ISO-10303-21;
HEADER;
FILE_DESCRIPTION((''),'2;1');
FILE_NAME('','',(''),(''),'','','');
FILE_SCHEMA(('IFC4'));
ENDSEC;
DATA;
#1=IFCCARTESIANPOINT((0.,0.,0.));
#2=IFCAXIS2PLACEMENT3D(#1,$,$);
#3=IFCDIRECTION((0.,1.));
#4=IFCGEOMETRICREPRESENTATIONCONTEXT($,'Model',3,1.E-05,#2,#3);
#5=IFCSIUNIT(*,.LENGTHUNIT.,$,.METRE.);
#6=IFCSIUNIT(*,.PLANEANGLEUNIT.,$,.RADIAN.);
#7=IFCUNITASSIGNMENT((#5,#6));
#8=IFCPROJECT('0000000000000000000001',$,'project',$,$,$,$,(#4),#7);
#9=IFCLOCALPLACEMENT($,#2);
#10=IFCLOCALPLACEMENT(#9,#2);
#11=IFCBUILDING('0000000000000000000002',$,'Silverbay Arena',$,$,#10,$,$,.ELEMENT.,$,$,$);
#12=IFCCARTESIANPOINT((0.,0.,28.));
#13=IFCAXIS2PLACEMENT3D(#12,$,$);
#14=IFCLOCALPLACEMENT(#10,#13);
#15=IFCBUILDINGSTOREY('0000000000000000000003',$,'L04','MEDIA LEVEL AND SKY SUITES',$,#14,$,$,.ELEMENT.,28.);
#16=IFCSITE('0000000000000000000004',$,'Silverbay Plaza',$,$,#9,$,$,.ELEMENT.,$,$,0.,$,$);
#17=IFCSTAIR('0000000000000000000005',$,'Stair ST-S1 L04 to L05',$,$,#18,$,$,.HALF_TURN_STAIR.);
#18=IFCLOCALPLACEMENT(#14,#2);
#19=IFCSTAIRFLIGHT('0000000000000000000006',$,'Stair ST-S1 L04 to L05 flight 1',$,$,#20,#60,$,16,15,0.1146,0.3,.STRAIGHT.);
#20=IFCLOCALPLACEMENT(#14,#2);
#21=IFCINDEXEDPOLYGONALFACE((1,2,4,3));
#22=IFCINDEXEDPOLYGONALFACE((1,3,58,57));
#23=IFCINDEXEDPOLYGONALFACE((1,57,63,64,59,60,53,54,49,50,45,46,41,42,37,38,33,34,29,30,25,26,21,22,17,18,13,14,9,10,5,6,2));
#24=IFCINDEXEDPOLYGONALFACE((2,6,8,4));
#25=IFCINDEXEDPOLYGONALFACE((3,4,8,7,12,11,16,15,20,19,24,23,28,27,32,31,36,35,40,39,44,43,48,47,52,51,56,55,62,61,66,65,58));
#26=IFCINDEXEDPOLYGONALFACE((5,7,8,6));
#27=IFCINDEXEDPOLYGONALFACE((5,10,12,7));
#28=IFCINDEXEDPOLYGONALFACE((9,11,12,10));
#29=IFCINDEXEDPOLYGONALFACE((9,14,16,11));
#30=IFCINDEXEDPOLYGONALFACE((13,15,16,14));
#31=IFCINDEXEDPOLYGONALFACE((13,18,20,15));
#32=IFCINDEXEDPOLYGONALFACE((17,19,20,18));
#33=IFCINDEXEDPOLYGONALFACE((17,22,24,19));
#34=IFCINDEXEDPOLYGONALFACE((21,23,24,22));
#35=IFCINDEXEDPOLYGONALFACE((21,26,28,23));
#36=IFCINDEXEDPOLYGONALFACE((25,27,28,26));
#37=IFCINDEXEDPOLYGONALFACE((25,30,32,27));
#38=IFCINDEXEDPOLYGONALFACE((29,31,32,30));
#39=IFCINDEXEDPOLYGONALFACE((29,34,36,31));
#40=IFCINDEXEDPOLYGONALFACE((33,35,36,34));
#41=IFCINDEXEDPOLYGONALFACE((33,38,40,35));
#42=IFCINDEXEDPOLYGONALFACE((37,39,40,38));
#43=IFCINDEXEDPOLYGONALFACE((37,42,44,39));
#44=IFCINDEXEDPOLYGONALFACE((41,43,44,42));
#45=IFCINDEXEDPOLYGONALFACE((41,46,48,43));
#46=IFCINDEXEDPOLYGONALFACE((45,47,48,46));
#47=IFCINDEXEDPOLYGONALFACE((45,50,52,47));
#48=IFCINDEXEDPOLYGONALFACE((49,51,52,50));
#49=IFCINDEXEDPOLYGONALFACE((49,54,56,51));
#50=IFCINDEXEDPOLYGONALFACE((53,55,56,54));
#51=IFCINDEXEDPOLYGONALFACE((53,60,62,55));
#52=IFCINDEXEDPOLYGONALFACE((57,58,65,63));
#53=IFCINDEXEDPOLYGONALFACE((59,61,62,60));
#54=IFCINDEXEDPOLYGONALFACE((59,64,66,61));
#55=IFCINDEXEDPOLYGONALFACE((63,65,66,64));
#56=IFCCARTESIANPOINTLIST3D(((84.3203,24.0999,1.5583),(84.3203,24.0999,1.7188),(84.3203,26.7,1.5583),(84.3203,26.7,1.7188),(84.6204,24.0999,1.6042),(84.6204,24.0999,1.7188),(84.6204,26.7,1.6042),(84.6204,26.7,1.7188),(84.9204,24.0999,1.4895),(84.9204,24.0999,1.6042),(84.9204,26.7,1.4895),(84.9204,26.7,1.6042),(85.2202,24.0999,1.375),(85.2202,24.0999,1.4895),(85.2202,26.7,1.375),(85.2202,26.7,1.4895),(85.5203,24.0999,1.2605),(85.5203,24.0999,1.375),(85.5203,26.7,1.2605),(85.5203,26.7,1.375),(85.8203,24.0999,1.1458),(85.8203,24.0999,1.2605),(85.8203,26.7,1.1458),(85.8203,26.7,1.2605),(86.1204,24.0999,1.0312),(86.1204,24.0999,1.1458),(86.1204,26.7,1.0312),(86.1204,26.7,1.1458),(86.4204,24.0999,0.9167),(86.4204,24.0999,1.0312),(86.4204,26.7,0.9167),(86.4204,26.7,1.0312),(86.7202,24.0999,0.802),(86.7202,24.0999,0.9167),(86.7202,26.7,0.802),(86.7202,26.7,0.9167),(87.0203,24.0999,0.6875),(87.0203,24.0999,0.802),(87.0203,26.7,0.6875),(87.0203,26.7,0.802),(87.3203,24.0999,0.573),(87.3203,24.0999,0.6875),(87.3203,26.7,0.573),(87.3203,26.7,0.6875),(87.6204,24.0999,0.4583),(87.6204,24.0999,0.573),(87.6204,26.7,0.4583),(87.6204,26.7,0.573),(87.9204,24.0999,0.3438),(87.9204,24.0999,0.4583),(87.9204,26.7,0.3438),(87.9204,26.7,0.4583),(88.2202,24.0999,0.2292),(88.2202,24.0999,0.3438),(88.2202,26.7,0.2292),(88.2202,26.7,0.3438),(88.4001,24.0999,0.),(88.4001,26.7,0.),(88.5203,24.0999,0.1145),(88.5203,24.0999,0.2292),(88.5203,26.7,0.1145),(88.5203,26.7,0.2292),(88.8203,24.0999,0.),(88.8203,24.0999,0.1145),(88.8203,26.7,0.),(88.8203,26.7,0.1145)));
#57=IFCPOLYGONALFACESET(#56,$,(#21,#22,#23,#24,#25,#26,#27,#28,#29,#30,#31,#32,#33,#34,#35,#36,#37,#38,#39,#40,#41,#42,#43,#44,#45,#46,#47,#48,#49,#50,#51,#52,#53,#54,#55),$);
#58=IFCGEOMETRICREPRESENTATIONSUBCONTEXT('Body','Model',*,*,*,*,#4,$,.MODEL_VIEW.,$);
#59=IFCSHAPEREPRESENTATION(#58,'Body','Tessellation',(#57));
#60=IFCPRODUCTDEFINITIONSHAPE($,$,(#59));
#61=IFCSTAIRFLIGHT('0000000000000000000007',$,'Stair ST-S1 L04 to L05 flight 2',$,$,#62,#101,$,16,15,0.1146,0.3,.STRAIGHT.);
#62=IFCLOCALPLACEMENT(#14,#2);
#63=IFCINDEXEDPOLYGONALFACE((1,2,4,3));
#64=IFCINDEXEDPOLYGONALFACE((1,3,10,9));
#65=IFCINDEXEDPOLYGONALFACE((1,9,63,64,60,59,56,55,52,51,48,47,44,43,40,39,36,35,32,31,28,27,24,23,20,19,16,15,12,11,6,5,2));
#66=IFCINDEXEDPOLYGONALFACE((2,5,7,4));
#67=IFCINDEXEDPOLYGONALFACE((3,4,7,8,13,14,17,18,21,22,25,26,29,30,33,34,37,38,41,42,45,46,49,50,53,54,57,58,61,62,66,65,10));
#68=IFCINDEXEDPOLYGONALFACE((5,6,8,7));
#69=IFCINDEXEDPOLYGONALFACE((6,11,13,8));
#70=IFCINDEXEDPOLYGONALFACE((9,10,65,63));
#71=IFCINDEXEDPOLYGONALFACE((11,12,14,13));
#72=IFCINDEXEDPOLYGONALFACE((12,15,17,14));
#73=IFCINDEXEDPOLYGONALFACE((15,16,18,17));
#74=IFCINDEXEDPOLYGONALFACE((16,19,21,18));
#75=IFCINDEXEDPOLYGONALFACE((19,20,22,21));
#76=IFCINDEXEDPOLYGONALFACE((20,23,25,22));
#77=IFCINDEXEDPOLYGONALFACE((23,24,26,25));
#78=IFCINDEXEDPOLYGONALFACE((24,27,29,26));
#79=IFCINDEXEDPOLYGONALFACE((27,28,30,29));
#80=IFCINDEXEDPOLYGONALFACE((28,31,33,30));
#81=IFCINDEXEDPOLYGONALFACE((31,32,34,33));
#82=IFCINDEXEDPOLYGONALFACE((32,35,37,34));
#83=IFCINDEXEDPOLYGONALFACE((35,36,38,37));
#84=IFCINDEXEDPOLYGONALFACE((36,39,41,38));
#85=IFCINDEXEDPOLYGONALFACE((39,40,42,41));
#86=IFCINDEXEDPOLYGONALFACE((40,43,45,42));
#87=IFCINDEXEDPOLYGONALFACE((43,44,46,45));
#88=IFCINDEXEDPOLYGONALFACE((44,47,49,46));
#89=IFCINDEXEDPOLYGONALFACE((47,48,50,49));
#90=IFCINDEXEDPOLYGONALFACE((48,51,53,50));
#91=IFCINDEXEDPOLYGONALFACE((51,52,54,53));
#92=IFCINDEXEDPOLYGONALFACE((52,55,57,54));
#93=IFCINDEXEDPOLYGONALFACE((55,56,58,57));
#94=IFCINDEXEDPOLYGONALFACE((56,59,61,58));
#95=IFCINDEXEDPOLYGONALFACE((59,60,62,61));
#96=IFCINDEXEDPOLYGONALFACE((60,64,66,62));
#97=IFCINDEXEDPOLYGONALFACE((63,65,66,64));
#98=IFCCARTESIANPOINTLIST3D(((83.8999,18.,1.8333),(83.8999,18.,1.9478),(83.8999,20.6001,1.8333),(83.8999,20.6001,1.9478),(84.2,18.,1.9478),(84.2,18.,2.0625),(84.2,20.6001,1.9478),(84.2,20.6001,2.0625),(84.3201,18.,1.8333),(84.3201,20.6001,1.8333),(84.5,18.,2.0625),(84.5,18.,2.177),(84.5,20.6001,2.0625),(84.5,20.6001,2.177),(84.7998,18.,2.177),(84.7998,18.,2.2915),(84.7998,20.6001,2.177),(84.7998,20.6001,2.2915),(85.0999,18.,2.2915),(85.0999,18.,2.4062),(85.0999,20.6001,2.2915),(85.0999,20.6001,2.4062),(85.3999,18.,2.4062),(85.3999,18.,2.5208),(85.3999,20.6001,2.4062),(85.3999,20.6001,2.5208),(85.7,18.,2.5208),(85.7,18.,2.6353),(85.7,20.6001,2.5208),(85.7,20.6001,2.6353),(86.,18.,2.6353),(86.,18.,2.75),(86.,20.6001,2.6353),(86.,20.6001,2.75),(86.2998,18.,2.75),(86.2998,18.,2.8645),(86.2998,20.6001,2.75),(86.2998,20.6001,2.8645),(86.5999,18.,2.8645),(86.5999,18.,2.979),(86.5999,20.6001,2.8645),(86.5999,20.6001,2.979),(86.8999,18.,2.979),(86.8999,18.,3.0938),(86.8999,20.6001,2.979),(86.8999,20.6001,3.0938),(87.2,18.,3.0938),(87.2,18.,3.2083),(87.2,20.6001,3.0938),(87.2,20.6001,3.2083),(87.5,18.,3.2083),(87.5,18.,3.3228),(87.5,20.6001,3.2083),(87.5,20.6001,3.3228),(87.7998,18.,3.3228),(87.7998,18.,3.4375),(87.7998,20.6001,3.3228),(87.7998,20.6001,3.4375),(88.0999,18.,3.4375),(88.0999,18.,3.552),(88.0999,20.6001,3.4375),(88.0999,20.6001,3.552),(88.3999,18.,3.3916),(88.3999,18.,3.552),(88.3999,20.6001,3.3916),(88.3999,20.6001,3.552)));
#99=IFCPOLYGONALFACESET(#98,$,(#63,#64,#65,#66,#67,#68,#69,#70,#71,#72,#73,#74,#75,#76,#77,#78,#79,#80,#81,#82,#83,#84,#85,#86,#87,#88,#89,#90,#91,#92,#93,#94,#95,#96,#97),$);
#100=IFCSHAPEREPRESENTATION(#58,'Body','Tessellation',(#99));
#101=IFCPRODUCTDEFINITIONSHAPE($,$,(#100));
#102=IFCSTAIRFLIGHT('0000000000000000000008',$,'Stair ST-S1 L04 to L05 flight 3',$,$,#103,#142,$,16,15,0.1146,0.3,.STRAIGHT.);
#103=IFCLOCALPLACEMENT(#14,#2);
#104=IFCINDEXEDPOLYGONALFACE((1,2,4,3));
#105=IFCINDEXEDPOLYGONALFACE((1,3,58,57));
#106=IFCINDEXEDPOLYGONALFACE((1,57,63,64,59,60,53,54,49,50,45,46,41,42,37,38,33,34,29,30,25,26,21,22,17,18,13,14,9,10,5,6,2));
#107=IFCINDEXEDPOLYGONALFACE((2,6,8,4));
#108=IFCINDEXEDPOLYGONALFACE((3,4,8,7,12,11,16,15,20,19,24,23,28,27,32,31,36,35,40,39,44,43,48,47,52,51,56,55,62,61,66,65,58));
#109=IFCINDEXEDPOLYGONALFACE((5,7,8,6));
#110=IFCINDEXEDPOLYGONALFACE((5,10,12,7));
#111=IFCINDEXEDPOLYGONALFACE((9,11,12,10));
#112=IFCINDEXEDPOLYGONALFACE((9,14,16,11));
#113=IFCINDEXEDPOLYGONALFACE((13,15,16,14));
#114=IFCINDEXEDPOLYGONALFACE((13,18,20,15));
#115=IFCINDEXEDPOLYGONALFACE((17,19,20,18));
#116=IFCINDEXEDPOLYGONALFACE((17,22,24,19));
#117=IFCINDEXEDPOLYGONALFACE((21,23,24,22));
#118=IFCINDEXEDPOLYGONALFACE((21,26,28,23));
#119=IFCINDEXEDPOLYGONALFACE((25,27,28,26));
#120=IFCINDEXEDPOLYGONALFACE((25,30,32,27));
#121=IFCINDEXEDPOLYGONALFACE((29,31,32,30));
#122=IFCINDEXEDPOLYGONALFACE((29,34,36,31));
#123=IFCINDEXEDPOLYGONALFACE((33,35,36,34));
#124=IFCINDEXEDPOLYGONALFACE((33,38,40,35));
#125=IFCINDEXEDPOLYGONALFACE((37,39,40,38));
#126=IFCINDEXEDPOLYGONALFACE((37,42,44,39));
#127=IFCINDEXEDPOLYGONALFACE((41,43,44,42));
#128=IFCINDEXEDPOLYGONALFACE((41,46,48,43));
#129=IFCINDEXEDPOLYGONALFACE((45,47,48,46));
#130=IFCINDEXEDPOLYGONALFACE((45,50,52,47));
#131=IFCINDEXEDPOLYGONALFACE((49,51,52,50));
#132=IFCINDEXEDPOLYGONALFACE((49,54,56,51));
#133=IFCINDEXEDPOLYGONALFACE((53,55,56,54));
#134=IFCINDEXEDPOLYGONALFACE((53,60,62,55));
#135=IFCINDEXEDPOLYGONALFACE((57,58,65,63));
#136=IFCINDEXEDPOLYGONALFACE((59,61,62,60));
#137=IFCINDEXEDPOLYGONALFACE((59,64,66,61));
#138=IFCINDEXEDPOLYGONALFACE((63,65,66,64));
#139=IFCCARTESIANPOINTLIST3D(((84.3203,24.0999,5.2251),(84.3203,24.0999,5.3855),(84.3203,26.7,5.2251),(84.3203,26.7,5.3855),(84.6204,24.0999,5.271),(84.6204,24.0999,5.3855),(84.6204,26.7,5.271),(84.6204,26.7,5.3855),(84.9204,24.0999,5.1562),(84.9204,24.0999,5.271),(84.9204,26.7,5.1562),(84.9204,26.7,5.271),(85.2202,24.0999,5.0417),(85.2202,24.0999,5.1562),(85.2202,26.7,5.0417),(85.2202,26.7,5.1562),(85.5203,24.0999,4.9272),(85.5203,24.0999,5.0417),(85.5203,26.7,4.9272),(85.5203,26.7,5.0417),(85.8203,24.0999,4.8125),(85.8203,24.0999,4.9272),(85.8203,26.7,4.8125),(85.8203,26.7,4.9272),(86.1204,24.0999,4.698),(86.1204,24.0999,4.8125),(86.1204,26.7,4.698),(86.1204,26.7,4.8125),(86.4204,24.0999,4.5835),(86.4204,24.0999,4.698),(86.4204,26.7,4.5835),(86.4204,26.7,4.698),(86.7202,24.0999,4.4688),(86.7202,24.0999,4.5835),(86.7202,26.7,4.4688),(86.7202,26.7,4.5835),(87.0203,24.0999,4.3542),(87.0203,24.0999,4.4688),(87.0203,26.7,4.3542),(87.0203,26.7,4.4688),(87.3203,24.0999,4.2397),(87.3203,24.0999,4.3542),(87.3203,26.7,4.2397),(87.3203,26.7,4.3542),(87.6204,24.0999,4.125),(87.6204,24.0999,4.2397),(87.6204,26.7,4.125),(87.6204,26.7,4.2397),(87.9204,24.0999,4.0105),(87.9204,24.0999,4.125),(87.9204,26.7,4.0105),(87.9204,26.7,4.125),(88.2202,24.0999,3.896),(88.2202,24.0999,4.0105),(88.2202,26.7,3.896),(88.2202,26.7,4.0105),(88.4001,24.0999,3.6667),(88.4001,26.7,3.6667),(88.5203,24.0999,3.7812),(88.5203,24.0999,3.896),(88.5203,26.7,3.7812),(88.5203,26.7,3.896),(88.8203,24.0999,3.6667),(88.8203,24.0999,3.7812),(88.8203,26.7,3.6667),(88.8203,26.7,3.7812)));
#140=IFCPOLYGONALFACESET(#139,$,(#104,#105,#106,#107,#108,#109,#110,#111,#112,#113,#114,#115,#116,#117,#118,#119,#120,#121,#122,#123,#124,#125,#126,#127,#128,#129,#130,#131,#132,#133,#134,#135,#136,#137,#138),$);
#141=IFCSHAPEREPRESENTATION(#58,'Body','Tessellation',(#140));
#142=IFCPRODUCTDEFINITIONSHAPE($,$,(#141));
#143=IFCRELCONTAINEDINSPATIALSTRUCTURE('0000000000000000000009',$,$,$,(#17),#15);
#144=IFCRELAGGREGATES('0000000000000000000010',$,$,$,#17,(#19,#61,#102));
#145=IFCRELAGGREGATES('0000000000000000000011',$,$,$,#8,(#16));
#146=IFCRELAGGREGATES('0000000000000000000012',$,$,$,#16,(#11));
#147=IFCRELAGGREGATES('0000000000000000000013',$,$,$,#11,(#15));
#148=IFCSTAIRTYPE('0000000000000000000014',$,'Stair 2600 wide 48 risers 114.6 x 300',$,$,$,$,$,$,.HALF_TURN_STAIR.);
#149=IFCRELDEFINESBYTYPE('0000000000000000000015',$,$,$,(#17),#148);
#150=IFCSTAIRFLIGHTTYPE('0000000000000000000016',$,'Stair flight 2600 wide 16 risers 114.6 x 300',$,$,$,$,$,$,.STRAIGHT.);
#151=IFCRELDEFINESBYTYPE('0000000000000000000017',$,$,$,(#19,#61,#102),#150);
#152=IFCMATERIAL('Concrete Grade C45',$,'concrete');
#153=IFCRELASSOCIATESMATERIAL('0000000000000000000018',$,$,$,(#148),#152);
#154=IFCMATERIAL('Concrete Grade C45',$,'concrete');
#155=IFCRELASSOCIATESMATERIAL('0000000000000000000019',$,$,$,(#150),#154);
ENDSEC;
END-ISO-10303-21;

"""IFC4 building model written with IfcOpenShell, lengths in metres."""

from ifc_helpers import new_model, si_unit, direction, frame, origin, place, context, subcontext, project, spatial, polyline, outline, extrude, material, type_object, element, aggregate, save


model = new_model("IFC4")

# Units and contexts
model_context = context("Model", 3, precision=1e-05, world=origin(), true_north=direction((0.0, 1.0)))
body_context = subcontext(model_context, "Body", "Model", "MODEL_VIEW")
ifc_project = project(units=[si_unit("LENGTHUNIT", "METRE"), si_unit("PLANEANGLEUNIT", "RADIAN")], contexts=[model_context])

# Site, building, storey
site_placement = place(None, origin())
site = spatial("IfcSite", under=ifc_project, at=site_placement, Name="Silverbay Plaza", CompositionType="ELEMENT", RefElevation=0.0)
building_placement = place(site_placement, origin())
building = spatial("IfcBuilding", under=site, at=building_placement, Name="Silverbay Arena", CompositionType="ELEMENT")
storey_placement = place(building_placement, frame((0.0, 0.0, 28.0)))
storey = spatial("IfcBuildingStorey", under=building, at=storey_placement, Name="L04", Description="MEDIA LEVEL AND SKY SUITES", CompositionType="ELEMENT", Elevation=28.0)

# Stair, stair flights
ifc_material_1 = material(Name="Concrete Grade C45", Category="concrete")
stair_type = type_object("IfcStairType", Name="Stair 2600 wide 48 risers 114.6 x 300", PredefinedType="HALF_TURN_STAIR", material=ifc_material_1)
stair_placement = place(storey_placement, origin())
stair = element("IfcStair", 1, at=stair_placement, inside=storey, type_object=stair_type, Name="Stair ST-S1 L04 to L05", PredefinedType="HALF_TURN_STAIR")
ifc_material_2 = material(Name="Concrete Grade C45", Category="concrete")
stair_flight_type = type_object("IfcStairFlightType", Name="Stair flight 2600 wide 16 risers 114.6 x 300", PredefinedType="STRAIGHT", material=ifc_material_2)
stair_flight_1_placement = place(storey_placement, frame((88.8203, 25.3999, 0.0), z_axis=(0.0, 0.0, 1.0), x_axis=(-1.0, 0.0, 0.0)))
stair_flight_1 = element("IfcStairFlight", 2, at=stair_flight_1_placement, type_object=stair_flight_type, Name="Stair ST-S1 L04 to L05 flight 1", NumberOfRisers=16, NumberOfTreads=15, PredefinedType="STRAIGHT", RiserHeight=0.1146, TreadLength=0.3, context=body_context, shape_type="SweptSolid", body=[
    extrude(outline(polyline([(0.0, 0.0), (0.0, 0.1145), (0.3, 0.1145), (0.3, 0.2292), (0.6001, 0.2292), (0.6001, 0.3438), (0.8999, 0.3438), (0.8999, 0.4583), (1.2, 0.4583), (1.2, 0.573), (1.5, 0.573), (1.5, 0.6875), (1.8, 0.6875), (1.8, 0.802), (2.1001, 0.802), (2.1001, 0.9167), (2.3999, 0.9167), (2.3999, 1.0312), (2.7, 1.0312), (2.7, 1.1458), (3.0, 1.1458), (3.0, 1.2605), (3.3, 1.2605), (3.3, 1.375), (3.6001, 1.375), (3.6001, 1.4895), (3.8999, 1.4895), (3.8999, 1.6042), (4.2, 1.6042), (4.2, 1.7188), (4.5, 1.7188), (4.5, 1.5583), (0.4202, 0.0), (0.0, 0.0)])), frame((0.0, 1.3, 0.0), z_axis=(0.0, -1.0, 0.0), x_axis=(1.0, 0.0, 0.0)), (0.0, 0.0, 1.0), 2.6001),
])
stair_flight_2_placement = place(storey_placement, frame((83.8999, 19.3, 1.8333), z_axis=(0.0, 0.0, 1.0), x_axis=(1.0, 0.0, 0.0)))
stair_flight_2 = element("IfcStairFlight", 3, at=stair_flight_2_placement, type_object=stair_flight_type, Name="Stair ST-S1 L04 to L05 flight 2", NumberOfRisers=16, NumberOfTreads=15, PredefinedType="STRAIGHT", RiserHeight=0.1146, TreadLength=0.3, context=body_context, shape_type="SweptSolid", body=[
    extrude(outline(polyline([(0.0, 0.0), (0.0, 0.1145), (0.3, 0.1145), (0.3, 0.2292), (0.6001, 0.2292), (0.6001, 0.3438), (0.8999, 0.3438), (0.8999, 0.4583), (1.2, 0.4583), (1.2, 0.573), (1.5, 0.573), (1.5, 0.6875), (1.8, 0.6875), (1.8, 0.802), (2.1001, 0.802), (2.1001, 0.9167), (2.3999, 0.9167), (2.3999, 1.0312), (2.7, 1.0312), (2.7, 1.1458), (3.0, 1.1458), (3.0, 1.2605), (3.3, 1.2605), (3.3, 1.375), (3.6001, 1.375), (3.6001, 1.4895), (3.8999, 1.4895), (3.8999, 1.6042), (4.2, 1.6042), (4.2, 1.7188), (4.5, 1.7188), (4.5, 1.5583), (0.4202, 0.0), (0.0, 0.0)])), frame((0.0, 1.3, 0.0), z_axis=(0.0, -1.0, 0.0), x_axis=(1.0, 0.0, 0.0)), (0.0, 0.0, 1.0), 2.6001),
])
stair_flight_3_placement = place(storey_placement, frame((88.8203, 25.3999, 3.6667), z_axis=(0.0, 0.0, 1.0), x_axis=(-1.0, 0.0, 0.0)))
stair_flight_3 = element("IfcStairFlight", 4, at=stair_flight_3_placement, type_object=stair_flight_type, Name="Stair ST-S1 L04 to L05 flight 3", NumberOfRisers=16, NumberOfTreads=15, PredefinedType="STRAIGHT", RiserHeight=0.1146, TreadLength=0.3, context=body_context, shape_type="SweptSolid", body=[
    extrude(outline(polyline([(0.0, 0.0), (0.0, 0.1145), (0.3, 0.1145), (0.3, 0.2292), (0.6001, 0.2292), (0.6001, 0.3438), (0.8999, 0.3438), (0.8999, 0.4583), (1.2, 0.4583), (1.2, 0.573), (1.5, 0.573), (1.5, 0.6875), (1.8, 0.6875), (1.8, 0.802), (2.1001, 0.802), (2.1001, 0.9167), (2.3999, 0.9167), (2.3999, 1.0312), (2.7, 1.0312), (2.7, 1.1458), (3.0, 1.1458), (3.0, 1.2605), (3.3, 1.2605), (3.3, 1.375), (3.6001, 1.375), (3.6001, 1.4895), (3.8999, 1.4895), (3.8999, 1.6042), (4.2, 1.6042), (4.2, 1.7188), (4.5, 1.7188), (4.5, 1.5583), (0.4202, 0.0), (0.0, 0.0)])), frame((0.0, 1.3, 0.0), z_axis=(0.0, -1.0, 0.0), x_axis=(1.0, 0.0, 0.0)), (0.0, 0.0, 1.0), 2.6001),
])
aggregate(stair, [stair_flight_1, stair_flight_2, stair_flight_3])

save(model, "model.ifc")
